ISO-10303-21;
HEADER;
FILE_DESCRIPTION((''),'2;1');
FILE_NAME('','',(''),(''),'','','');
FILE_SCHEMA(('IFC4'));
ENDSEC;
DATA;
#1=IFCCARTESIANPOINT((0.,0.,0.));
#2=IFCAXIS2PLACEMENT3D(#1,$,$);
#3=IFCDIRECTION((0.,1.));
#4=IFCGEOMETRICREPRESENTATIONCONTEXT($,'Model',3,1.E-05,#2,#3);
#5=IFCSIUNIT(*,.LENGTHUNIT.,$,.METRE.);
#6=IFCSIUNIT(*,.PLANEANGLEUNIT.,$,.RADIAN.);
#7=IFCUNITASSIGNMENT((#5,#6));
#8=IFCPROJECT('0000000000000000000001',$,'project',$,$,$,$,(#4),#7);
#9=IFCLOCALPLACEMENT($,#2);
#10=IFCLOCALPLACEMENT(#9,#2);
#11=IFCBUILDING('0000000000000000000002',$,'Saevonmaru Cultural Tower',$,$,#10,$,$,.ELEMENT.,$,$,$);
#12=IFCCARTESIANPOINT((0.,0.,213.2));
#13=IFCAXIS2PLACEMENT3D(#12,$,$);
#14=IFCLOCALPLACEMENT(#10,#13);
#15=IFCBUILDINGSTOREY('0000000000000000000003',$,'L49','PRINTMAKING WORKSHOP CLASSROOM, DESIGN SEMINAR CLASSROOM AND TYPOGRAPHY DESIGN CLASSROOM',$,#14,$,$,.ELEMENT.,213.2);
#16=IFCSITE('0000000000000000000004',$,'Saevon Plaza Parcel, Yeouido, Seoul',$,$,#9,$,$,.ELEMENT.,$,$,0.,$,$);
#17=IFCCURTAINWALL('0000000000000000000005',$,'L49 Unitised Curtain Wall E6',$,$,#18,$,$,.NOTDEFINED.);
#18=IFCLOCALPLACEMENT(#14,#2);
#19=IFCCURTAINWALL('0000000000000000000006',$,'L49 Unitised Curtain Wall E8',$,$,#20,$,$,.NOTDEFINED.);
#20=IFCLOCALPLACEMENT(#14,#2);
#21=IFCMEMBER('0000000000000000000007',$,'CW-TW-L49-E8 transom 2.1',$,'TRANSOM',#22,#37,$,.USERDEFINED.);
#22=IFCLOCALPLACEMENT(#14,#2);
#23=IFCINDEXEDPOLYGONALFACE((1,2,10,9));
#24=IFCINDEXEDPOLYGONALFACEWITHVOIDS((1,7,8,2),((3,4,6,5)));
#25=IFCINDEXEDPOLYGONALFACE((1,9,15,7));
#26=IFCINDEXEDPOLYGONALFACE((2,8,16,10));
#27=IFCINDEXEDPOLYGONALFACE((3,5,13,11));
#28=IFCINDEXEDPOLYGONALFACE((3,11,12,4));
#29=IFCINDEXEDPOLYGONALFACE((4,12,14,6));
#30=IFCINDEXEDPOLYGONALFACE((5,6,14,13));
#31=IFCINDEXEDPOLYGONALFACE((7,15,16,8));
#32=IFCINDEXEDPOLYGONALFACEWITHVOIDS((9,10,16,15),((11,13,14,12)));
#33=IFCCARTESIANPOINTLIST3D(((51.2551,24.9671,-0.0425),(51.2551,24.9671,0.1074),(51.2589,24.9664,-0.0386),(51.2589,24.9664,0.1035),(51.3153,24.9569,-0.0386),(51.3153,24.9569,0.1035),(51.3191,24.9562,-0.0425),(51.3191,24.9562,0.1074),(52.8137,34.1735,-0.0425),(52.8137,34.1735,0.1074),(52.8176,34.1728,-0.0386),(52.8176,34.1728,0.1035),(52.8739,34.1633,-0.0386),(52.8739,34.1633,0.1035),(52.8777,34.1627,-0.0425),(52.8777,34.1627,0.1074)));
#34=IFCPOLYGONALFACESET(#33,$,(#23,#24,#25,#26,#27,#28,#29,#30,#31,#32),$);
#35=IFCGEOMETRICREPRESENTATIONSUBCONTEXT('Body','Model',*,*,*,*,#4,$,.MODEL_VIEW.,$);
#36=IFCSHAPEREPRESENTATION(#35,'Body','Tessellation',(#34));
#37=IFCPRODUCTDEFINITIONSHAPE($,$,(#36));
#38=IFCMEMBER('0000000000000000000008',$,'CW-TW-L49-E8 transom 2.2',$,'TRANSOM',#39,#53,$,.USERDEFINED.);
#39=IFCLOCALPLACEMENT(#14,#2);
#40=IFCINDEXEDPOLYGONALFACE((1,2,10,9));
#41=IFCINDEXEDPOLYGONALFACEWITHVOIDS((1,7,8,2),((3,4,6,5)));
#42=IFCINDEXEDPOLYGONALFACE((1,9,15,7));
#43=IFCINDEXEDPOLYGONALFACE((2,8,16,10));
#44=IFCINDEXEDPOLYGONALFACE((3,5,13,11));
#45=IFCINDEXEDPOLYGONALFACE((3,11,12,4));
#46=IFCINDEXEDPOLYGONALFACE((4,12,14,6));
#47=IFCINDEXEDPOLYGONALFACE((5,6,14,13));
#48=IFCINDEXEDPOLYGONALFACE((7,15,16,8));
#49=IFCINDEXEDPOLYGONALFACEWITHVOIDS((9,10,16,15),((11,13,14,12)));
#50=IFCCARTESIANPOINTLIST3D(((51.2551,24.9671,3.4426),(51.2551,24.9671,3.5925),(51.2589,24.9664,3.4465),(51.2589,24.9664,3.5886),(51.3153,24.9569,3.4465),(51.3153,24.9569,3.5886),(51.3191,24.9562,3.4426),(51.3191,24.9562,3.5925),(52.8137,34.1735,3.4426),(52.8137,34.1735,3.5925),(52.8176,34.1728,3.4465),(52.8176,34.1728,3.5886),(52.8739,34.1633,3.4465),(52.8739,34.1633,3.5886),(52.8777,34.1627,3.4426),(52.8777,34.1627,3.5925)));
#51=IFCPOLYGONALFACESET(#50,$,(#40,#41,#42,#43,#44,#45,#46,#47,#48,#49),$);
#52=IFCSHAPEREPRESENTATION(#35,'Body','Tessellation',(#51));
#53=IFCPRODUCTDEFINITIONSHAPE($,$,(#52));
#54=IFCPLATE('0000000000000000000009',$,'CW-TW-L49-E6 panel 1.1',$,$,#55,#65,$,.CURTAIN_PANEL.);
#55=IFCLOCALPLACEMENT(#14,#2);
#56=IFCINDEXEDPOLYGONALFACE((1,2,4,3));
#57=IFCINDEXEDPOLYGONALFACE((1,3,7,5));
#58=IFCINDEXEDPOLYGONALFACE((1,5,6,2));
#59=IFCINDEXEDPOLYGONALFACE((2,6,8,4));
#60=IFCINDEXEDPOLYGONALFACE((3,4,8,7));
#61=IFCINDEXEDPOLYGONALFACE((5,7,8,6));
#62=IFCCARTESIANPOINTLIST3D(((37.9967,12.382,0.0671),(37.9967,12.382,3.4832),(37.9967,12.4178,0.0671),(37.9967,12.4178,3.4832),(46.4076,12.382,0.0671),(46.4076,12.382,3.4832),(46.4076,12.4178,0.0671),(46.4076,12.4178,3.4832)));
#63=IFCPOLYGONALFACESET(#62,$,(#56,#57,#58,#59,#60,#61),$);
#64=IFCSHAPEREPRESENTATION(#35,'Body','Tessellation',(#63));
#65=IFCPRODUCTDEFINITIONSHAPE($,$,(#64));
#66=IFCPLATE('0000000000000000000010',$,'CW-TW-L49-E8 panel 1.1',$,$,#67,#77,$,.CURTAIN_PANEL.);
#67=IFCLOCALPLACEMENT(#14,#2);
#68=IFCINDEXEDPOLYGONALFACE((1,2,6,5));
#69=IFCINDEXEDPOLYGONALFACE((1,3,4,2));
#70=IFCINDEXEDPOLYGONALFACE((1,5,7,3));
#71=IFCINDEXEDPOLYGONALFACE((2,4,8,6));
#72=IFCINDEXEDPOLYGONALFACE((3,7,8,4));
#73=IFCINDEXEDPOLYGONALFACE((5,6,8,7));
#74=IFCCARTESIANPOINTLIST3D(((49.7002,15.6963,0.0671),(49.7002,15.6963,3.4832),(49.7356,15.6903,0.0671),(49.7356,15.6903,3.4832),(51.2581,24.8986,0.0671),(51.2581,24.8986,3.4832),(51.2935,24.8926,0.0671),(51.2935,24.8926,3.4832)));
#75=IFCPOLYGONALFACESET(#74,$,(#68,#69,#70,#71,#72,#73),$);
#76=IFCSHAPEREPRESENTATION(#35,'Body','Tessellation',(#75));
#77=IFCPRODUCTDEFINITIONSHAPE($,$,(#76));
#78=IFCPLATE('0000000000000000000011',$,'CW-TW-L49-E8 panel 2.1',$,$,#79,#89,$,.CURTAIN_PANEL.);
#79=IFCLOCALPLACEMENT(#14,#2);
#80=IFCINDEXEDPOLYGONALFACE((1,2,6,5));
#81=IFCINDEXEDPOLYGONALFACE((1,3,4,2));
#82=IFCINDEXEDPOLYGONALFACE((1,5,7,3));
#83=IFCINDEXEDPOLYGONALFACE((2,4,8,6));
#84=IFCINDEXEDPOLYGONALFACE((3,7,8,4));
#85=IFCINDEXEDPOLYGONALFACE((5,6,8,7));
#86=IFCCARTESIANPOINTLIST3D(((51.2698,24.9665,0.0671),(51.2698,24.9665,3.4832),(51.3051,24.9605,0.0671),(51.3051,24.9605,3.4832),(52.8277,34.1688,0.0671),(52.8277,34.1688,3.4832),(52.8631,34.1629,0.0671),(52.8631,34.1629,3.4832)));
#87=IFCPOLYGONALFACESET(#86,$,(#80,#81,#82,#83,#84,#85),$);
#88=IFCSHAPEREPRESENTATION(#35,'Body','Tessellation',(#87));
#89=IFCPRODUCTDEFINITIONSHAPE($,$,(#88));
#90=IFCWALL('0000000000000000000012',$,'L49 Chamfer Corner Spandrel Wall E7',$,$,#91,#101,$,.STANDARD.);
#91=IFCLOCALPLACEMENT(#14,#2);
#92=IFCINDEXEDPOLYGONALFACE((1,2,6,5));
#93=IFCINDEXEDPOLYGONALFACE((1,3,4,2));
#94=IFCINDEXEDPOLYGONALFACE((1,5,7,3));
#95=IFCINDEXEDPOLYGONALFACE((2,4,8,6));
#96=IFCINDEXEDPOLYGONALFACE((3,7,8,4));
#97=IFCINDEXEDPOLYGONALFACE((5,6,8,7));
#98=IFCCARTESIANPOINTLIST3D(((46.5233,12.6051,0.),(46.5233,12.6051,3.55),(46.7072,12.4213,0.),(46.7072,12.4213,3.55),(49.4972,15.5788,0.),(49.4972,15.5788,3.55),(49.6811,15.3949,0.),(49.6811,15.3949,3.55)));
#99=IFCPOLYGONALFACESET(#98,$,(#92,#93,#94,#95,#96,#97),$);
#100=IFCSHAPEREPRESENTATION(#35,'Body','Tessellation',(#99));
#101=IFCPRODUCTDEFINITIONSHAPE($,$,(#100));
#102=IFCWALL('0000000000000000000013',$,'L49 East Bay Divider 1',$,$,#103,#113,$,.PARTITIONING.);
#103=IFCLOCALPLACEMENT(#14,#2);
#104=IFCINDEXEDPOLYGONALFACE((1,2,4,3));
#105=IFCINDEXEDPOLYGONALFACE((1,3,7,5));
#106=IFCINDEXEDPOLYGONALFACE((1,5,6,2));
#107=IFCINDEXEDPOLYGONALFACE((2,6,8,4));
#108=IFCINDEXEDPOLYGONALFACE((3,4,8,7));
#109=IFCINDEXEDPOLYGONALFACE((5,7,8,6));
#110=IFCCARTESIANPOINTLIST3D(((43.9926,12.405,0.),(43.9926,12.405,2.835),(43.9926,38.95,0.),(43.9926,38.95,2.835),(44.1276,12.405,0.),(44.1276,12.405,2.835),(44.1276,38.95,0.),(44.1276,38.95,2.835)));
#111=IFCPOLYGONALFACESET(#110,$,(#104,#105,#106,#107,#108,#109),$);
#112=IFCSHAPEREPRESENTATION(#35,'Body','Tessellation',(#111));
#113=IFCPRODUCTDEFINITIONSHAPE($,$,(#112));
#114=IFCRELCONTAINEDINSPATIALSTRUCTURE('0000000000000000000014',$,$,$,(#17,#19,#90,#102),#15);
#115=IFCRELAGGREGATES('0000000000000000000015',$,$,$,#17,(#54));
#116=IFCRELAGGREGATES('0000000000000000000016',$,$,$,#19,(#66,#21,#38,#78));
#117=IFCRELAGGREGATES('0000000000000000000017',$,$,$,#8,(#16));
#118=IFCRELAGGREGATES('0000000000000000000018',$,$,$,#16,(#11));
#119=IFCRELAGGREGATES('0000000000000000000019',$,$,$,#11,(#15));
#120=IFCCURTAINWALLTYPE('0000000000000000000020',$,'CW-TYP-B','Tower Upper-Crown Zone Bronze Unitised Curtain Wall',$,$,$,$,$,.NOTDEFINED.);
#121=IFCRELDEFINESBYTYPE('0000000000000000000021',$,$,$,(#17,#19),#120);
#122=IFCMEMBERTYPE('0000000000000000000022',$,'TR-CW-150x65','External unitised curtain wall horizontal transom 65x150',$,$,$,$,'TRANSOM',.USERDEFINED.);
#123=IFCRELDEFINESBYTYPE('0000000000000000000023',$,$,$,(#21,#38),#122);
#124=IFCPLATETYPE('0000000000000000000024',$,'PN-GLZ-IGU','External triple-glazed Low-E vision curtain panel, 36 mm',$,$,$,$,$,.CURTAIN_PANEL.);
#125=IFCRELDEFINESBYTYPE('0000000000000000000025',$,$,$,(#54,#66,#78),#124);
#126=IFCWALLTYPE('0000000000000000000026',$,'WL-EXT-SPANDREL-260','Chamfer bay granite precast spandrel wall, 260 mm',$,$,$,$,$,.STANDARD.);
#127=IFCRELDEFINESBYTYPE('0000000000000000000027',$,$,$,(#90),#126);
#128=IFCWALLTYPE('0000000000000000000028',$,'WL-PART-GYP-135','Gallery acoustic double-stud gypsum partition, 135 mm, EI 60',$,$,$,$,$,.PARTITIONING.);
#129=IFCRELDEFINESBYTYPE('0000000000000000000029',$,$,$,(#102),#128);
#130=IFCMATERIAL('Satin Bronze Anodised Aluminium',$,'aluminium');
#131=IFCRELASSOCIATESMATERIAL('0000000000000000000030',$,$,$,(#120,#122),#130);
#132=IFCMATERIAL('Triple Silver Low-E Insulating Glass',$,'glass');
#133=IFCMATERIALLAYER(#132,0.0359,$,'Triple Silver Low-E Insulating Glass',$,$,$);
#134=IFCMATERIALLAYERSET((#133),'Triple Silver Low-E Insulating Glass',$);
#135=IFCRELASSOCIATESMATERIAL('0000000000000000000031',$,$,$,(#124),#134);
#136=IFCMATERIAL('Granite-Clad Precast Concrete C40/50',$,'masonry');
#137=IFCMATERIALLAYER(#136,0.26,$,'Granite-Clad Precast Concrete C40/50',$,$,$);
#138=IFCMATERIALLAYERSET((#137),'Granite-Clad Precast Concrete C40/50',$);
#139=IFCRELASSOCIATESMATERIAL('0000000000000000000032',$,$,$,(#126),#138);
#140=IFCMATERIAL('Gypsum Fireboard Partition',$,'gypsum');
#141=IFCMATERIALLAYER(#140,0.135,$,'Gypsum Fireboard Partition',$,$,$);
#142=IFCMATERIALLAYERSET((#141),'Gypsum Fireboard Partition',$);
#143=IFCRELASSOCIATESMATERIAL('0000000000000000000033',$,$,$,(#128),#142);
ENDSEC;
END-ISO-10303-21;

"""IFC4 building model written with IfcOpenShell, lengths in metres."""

from ifc_helpers import new_model, si_unit, direction, frame, frame_2d, origin, origin_2d, place, context, subcontext, project, spatial, rectangle, hollow_rectangle, extrude, material, layer, layer_set, material_profile, profile_set, type_object, element, aggregate, save


model = new_model("IFC4")

# Units and contexts
model_context = context("Model", 3, precision=1e-05, world=origin(), true_north=direction((0.0, 1.0)))
body_context = subcontext(model_context, "Body", "Model", "MODEL_VIEW")
ifc_project = project(units=[si_unit("LENGTHUNIT", "METRE"), si_unit("PLANEANGLEUNIT", "RADIAN")], contexts=[model_context])

# Site, building, storey
site_placement = place(None, origin())
site = spatial("IfcSite", under=ifc_project, at=site_placement, Name="Saevon Plaza Parcel, Yeouido, Seoul", CompositionType="ELEMENT", RefElevation=0.0)
building_placement = place(site_placement, origin())
building = spatial("IfcBuilding", under=site, at=building_placement, Name="Saevonmaru Cultural Tower", CompositionType="ELEMENT")
storey_placement = place(building_placement, frame((0.0, 0.0, 213.2)))
storey = spatial("IfcBuildingStorey", under=building, at=storey_placement, Name="L49", Description="PRINTMAKING WORKSHOP CLASSROOM, DESIGN SEMINAR CLASSROOM AND TYPOGRAPHY DESIGN CLASSROOM", CompositionType="ELEMENT", Elevation=213.2)

# Curtain wall
ifc_material_1 = material(Name="Satin Bronze Anodised Aluminium", Category="aluminium")
curtain_wall_type = type_object("IfcCurtainWallType", Name="CW-TYP-B", Description="Tower Upper-Crown Zone Bronze Unitised Curtain Wall", PredefinedType="NOTDEFINED", material=ifc_material_1)
curtain_wall_1_placement = place(storey_placement, origin())
curtain_wall_1 = element("IfcCurtainWall", 1, at=curtain_wall_1_placement, inside=storey, type_object=curtain_wall_type, Name="L49 Unitised Curtain Wall E6", PredefinedType="NOTDEFINED")

# Curtain wall, members
curtain_wall_2_placement = place(storey_placement, origin())
curtain_wall_2 = element("IfcCurtainWall", 2, at=curtain_wall_2_placement, inside=storey, type_object=curtain_wall_type, Name="L49 Unitised Curtain Wall E8", PredefinedType="NOTDEFINED")
ifc_material_profile_1 = material_profile(ifc_material_1, hollow_rectangle(XDim=0.0649, YDim=0.1499, WallThickness=0.0039, at=origin_2d()), Name="ALU-TRAN-150x65x4")
ifc_profile_set_1 = profile_set([ifc_material_profile_1], Name="Satin Bronze Anodised Aluminium")
member_type_1 = type_object("IfcMemberType", Name="TR-CW-150x65", Description="External unitised curtain wall horizontal transom 65x150", ElementType="TRANSOM", PredefinedType="USERDEFINED", material=ifc_profile_set_1)
member_1_placement = place(storey_placement, frame((51.2871, 24.9617, 0.0325), z_axis=(0.166921, 0.98597, 0.0), x_axis=(-0.98597, 0.166921, 0.0)))
member_1 = element("IfcMember", 3, at=member_1_placement, type_object=member_type_1, Name="CW-TW-L49-E8 transom 2.1", ObjectType="TRANSOM", PredefinedType="USERDEFINED", context=body_context, shape_type="SweptSolid", body=[
    extrude(hollow_rectangle(XDim=0.0649, YDim=0.1499, WallThickness=0.0039, at=origin_2d()), origin(), (0.0, 0.0, 1.0), 9.3374),
])
member_2_placement = place(storey_placement, frame((51.2871, 24.9617, 3.5176), z_axis=(0.166921, 0.98597, 0.0), x_axis=(-0.98597, 0.166921, 0.0)))
member_2 = element("IfcMember", 4, at=member_2_placement, type_object=member_type_1, Name="CW-TW-L49-E8 transom 2.2", ObjectType="TRANSOM", PredefinedType="USERDEFINED", context=body_context, shape_type="SweptSolid", body=[
    extrude(hollow_rectangle(XDim=0.0649, YDim=0.1499, WallThickness=0.0039, at=origin_2d()), origin(), (0.0, 0.0, 1.0), 9.3374),
])

# Plates
ifc_material_2 = material(Name="Triple Silver Low-E Insulating Glass", Category="glass")
ifc_layer_1 = layer(ifc_material_2, 0.0359, Name="Triple Silver Low-E Insulating Glass")
ifc_layer_set_1 = layer_set([ifc_layer_1], Name="Triple Silver Low-E Insulating Glass")
plate_type = type_object("IfcPlateType", Name="PN-GLZ-IGU", Description="External triple-glazed Low-E vision curtain panel, 36 mm", PredefinedType="CURTAIN_PANEL", material=ifc_layer_set_1)
plate_1_placement = place(storey_placement, frame((42.2021, 12.3999, 0.0671), z_axis=(0.0, 0.0, 1.0), x_axis=(1.0, 0.0, 0.0)))
plate_1 = element("IfcPlate", 5, at=plate_1_placement, type_object=plate_type, Name="CW-TW-L49-E6 panel 1.1", PredefinedType="CURTAIN_PANEL", context=body_context, shape_type="SweptSolid", body=[
    extrude(rectangle(XDim=8.4109, YDim=0.0359, at=origin_2d()), origin(), (0.0, 0.0, 1.0), 3.416),
])
aggregate(curtain_wall_1, [plate_1])
plate_2_placement = place(storey_placement, frame((50.4968, 20.2944, 0.0671), z_axis=(0.0, 0.0, 1.0), x_axis=(0.166922, 0.98597, 0.0)))
plate_2 = element("IfcPlate", 6, at=plate_2_placement, type_object=plate_type, Name="CW-TW-L49-E8 panel 1.1", PredefinedType="CURTAIN_PANEL", context=body_context, shape_type="SweptSolid", body=[
    extrude(rectangle(XDim=9.3333, YDim=0.0359, at=origin_2d()), origin(), (0.0, 0.0, 1.0), 3.416),
])
plate_3_placement = place(storey_placement, frame((52.0664, 29.5647, 0.0671), z_axis=(0.0, 0.0, 1.0), x_axis=(0.166922, 0.98597, 0.0)))
plate_3 = element("IfcPlate", 7, at=plate_3_placement, type_object=plate_type, Name="CW-TW-L49-E8 panel 2.1", PredefinedType="CURTAIN_PANEL", context=body_context, shape_type="SweptSolid", body=[
    extrude(rectangle(XDim=9.3333, YDim=0.0359, at=origin_2d()), origin(), (0.0, 0.0, 1.0), 3.416),
])
aggregate(curtain_wall_2, [plate_2, member_1, member_2, plate_3])

# Walls
ifc_material_3 = material(Name="Granite-Clad Precast Concrete C40/50", Category="masonry")
ifc_layer_2 = layer(ifc_material_3, 0.26, Name="Granite-Clad Precast Concrete C40/50")
ifc_layer_set_2 = layer_set([ifc_layer_2], Name="Granite-Clad Precast Concrete C40/50")
wall_type_1 = type_object("IfcWallType", Name="WL-EXT-SPANDREL-260", Description="Chamfer bay granite precast spandrel wall, 260 mm", PredefinedType="STANDARD", material=ifc_layer_set_2)
wall_1_placement = place(storey_placement, frame((46.6152, 12.5132, 0.0), z_axis=(0.0, 0.0, 1.0), x_axis=(0.707136, 0.707078, 0.0)))
element("IfcWall", 8, at=wall_1_placement, inside=storey, type_object=wall_type_1, Name="L49 Chamfer Corner Spandrel Wall E7", PredefinedType="STANDARD", context=body_context, shape_type="SweptSolid", body=[
    extrude(rectangle(XDim=4.2056, YDim=0.26, at=frame_2d((2.1028, 0.0))), origin(), (0.0, 0.0, 1.0), 3.55),
])
ifc_material_4 = material(Name="Gypsum Fireboard Partition", Category="gypsum")
ifc_layer_3 = layer(ifc_material_4, 0.135, Name="Gypsum Fireboard Partition")
ifc_layer_set_3 = layer_set([ifc_layer_3], Name="Gypsum Fireboard Partition")
wall_type_2 = type_object("IfcWallType", Name="WL-PART-GYP-135", Description="Gallery acoustic double-stud gypsum partition, 135 mm, EI 60", PredefinedType="PARTITIONING", material=ifc_layer_set_3)
wall_2_placement = place(storey_placement, frame((44.0601, 12.405, 0.0), z_axis=(0.0, 0.0, 1.0), x_axis=(0.0, 1.0, 0.0)))
element("IfcWall", 9, at=wall_2_placement, inside=storey, type_object=wall_type_2, Name="L49 East Bay Divider 1", PredefinedType="PARTITIONING", context=body_context, shape_type="SweptSolid", body=[
    extrude(rectangle(XDim=26.5449, YDim=0.135, at=frame_2d((13.2725, 0.0))), origin(), (0.0, 0.0, 1.0), 2.835),
])

save(model, "model.ifc")
